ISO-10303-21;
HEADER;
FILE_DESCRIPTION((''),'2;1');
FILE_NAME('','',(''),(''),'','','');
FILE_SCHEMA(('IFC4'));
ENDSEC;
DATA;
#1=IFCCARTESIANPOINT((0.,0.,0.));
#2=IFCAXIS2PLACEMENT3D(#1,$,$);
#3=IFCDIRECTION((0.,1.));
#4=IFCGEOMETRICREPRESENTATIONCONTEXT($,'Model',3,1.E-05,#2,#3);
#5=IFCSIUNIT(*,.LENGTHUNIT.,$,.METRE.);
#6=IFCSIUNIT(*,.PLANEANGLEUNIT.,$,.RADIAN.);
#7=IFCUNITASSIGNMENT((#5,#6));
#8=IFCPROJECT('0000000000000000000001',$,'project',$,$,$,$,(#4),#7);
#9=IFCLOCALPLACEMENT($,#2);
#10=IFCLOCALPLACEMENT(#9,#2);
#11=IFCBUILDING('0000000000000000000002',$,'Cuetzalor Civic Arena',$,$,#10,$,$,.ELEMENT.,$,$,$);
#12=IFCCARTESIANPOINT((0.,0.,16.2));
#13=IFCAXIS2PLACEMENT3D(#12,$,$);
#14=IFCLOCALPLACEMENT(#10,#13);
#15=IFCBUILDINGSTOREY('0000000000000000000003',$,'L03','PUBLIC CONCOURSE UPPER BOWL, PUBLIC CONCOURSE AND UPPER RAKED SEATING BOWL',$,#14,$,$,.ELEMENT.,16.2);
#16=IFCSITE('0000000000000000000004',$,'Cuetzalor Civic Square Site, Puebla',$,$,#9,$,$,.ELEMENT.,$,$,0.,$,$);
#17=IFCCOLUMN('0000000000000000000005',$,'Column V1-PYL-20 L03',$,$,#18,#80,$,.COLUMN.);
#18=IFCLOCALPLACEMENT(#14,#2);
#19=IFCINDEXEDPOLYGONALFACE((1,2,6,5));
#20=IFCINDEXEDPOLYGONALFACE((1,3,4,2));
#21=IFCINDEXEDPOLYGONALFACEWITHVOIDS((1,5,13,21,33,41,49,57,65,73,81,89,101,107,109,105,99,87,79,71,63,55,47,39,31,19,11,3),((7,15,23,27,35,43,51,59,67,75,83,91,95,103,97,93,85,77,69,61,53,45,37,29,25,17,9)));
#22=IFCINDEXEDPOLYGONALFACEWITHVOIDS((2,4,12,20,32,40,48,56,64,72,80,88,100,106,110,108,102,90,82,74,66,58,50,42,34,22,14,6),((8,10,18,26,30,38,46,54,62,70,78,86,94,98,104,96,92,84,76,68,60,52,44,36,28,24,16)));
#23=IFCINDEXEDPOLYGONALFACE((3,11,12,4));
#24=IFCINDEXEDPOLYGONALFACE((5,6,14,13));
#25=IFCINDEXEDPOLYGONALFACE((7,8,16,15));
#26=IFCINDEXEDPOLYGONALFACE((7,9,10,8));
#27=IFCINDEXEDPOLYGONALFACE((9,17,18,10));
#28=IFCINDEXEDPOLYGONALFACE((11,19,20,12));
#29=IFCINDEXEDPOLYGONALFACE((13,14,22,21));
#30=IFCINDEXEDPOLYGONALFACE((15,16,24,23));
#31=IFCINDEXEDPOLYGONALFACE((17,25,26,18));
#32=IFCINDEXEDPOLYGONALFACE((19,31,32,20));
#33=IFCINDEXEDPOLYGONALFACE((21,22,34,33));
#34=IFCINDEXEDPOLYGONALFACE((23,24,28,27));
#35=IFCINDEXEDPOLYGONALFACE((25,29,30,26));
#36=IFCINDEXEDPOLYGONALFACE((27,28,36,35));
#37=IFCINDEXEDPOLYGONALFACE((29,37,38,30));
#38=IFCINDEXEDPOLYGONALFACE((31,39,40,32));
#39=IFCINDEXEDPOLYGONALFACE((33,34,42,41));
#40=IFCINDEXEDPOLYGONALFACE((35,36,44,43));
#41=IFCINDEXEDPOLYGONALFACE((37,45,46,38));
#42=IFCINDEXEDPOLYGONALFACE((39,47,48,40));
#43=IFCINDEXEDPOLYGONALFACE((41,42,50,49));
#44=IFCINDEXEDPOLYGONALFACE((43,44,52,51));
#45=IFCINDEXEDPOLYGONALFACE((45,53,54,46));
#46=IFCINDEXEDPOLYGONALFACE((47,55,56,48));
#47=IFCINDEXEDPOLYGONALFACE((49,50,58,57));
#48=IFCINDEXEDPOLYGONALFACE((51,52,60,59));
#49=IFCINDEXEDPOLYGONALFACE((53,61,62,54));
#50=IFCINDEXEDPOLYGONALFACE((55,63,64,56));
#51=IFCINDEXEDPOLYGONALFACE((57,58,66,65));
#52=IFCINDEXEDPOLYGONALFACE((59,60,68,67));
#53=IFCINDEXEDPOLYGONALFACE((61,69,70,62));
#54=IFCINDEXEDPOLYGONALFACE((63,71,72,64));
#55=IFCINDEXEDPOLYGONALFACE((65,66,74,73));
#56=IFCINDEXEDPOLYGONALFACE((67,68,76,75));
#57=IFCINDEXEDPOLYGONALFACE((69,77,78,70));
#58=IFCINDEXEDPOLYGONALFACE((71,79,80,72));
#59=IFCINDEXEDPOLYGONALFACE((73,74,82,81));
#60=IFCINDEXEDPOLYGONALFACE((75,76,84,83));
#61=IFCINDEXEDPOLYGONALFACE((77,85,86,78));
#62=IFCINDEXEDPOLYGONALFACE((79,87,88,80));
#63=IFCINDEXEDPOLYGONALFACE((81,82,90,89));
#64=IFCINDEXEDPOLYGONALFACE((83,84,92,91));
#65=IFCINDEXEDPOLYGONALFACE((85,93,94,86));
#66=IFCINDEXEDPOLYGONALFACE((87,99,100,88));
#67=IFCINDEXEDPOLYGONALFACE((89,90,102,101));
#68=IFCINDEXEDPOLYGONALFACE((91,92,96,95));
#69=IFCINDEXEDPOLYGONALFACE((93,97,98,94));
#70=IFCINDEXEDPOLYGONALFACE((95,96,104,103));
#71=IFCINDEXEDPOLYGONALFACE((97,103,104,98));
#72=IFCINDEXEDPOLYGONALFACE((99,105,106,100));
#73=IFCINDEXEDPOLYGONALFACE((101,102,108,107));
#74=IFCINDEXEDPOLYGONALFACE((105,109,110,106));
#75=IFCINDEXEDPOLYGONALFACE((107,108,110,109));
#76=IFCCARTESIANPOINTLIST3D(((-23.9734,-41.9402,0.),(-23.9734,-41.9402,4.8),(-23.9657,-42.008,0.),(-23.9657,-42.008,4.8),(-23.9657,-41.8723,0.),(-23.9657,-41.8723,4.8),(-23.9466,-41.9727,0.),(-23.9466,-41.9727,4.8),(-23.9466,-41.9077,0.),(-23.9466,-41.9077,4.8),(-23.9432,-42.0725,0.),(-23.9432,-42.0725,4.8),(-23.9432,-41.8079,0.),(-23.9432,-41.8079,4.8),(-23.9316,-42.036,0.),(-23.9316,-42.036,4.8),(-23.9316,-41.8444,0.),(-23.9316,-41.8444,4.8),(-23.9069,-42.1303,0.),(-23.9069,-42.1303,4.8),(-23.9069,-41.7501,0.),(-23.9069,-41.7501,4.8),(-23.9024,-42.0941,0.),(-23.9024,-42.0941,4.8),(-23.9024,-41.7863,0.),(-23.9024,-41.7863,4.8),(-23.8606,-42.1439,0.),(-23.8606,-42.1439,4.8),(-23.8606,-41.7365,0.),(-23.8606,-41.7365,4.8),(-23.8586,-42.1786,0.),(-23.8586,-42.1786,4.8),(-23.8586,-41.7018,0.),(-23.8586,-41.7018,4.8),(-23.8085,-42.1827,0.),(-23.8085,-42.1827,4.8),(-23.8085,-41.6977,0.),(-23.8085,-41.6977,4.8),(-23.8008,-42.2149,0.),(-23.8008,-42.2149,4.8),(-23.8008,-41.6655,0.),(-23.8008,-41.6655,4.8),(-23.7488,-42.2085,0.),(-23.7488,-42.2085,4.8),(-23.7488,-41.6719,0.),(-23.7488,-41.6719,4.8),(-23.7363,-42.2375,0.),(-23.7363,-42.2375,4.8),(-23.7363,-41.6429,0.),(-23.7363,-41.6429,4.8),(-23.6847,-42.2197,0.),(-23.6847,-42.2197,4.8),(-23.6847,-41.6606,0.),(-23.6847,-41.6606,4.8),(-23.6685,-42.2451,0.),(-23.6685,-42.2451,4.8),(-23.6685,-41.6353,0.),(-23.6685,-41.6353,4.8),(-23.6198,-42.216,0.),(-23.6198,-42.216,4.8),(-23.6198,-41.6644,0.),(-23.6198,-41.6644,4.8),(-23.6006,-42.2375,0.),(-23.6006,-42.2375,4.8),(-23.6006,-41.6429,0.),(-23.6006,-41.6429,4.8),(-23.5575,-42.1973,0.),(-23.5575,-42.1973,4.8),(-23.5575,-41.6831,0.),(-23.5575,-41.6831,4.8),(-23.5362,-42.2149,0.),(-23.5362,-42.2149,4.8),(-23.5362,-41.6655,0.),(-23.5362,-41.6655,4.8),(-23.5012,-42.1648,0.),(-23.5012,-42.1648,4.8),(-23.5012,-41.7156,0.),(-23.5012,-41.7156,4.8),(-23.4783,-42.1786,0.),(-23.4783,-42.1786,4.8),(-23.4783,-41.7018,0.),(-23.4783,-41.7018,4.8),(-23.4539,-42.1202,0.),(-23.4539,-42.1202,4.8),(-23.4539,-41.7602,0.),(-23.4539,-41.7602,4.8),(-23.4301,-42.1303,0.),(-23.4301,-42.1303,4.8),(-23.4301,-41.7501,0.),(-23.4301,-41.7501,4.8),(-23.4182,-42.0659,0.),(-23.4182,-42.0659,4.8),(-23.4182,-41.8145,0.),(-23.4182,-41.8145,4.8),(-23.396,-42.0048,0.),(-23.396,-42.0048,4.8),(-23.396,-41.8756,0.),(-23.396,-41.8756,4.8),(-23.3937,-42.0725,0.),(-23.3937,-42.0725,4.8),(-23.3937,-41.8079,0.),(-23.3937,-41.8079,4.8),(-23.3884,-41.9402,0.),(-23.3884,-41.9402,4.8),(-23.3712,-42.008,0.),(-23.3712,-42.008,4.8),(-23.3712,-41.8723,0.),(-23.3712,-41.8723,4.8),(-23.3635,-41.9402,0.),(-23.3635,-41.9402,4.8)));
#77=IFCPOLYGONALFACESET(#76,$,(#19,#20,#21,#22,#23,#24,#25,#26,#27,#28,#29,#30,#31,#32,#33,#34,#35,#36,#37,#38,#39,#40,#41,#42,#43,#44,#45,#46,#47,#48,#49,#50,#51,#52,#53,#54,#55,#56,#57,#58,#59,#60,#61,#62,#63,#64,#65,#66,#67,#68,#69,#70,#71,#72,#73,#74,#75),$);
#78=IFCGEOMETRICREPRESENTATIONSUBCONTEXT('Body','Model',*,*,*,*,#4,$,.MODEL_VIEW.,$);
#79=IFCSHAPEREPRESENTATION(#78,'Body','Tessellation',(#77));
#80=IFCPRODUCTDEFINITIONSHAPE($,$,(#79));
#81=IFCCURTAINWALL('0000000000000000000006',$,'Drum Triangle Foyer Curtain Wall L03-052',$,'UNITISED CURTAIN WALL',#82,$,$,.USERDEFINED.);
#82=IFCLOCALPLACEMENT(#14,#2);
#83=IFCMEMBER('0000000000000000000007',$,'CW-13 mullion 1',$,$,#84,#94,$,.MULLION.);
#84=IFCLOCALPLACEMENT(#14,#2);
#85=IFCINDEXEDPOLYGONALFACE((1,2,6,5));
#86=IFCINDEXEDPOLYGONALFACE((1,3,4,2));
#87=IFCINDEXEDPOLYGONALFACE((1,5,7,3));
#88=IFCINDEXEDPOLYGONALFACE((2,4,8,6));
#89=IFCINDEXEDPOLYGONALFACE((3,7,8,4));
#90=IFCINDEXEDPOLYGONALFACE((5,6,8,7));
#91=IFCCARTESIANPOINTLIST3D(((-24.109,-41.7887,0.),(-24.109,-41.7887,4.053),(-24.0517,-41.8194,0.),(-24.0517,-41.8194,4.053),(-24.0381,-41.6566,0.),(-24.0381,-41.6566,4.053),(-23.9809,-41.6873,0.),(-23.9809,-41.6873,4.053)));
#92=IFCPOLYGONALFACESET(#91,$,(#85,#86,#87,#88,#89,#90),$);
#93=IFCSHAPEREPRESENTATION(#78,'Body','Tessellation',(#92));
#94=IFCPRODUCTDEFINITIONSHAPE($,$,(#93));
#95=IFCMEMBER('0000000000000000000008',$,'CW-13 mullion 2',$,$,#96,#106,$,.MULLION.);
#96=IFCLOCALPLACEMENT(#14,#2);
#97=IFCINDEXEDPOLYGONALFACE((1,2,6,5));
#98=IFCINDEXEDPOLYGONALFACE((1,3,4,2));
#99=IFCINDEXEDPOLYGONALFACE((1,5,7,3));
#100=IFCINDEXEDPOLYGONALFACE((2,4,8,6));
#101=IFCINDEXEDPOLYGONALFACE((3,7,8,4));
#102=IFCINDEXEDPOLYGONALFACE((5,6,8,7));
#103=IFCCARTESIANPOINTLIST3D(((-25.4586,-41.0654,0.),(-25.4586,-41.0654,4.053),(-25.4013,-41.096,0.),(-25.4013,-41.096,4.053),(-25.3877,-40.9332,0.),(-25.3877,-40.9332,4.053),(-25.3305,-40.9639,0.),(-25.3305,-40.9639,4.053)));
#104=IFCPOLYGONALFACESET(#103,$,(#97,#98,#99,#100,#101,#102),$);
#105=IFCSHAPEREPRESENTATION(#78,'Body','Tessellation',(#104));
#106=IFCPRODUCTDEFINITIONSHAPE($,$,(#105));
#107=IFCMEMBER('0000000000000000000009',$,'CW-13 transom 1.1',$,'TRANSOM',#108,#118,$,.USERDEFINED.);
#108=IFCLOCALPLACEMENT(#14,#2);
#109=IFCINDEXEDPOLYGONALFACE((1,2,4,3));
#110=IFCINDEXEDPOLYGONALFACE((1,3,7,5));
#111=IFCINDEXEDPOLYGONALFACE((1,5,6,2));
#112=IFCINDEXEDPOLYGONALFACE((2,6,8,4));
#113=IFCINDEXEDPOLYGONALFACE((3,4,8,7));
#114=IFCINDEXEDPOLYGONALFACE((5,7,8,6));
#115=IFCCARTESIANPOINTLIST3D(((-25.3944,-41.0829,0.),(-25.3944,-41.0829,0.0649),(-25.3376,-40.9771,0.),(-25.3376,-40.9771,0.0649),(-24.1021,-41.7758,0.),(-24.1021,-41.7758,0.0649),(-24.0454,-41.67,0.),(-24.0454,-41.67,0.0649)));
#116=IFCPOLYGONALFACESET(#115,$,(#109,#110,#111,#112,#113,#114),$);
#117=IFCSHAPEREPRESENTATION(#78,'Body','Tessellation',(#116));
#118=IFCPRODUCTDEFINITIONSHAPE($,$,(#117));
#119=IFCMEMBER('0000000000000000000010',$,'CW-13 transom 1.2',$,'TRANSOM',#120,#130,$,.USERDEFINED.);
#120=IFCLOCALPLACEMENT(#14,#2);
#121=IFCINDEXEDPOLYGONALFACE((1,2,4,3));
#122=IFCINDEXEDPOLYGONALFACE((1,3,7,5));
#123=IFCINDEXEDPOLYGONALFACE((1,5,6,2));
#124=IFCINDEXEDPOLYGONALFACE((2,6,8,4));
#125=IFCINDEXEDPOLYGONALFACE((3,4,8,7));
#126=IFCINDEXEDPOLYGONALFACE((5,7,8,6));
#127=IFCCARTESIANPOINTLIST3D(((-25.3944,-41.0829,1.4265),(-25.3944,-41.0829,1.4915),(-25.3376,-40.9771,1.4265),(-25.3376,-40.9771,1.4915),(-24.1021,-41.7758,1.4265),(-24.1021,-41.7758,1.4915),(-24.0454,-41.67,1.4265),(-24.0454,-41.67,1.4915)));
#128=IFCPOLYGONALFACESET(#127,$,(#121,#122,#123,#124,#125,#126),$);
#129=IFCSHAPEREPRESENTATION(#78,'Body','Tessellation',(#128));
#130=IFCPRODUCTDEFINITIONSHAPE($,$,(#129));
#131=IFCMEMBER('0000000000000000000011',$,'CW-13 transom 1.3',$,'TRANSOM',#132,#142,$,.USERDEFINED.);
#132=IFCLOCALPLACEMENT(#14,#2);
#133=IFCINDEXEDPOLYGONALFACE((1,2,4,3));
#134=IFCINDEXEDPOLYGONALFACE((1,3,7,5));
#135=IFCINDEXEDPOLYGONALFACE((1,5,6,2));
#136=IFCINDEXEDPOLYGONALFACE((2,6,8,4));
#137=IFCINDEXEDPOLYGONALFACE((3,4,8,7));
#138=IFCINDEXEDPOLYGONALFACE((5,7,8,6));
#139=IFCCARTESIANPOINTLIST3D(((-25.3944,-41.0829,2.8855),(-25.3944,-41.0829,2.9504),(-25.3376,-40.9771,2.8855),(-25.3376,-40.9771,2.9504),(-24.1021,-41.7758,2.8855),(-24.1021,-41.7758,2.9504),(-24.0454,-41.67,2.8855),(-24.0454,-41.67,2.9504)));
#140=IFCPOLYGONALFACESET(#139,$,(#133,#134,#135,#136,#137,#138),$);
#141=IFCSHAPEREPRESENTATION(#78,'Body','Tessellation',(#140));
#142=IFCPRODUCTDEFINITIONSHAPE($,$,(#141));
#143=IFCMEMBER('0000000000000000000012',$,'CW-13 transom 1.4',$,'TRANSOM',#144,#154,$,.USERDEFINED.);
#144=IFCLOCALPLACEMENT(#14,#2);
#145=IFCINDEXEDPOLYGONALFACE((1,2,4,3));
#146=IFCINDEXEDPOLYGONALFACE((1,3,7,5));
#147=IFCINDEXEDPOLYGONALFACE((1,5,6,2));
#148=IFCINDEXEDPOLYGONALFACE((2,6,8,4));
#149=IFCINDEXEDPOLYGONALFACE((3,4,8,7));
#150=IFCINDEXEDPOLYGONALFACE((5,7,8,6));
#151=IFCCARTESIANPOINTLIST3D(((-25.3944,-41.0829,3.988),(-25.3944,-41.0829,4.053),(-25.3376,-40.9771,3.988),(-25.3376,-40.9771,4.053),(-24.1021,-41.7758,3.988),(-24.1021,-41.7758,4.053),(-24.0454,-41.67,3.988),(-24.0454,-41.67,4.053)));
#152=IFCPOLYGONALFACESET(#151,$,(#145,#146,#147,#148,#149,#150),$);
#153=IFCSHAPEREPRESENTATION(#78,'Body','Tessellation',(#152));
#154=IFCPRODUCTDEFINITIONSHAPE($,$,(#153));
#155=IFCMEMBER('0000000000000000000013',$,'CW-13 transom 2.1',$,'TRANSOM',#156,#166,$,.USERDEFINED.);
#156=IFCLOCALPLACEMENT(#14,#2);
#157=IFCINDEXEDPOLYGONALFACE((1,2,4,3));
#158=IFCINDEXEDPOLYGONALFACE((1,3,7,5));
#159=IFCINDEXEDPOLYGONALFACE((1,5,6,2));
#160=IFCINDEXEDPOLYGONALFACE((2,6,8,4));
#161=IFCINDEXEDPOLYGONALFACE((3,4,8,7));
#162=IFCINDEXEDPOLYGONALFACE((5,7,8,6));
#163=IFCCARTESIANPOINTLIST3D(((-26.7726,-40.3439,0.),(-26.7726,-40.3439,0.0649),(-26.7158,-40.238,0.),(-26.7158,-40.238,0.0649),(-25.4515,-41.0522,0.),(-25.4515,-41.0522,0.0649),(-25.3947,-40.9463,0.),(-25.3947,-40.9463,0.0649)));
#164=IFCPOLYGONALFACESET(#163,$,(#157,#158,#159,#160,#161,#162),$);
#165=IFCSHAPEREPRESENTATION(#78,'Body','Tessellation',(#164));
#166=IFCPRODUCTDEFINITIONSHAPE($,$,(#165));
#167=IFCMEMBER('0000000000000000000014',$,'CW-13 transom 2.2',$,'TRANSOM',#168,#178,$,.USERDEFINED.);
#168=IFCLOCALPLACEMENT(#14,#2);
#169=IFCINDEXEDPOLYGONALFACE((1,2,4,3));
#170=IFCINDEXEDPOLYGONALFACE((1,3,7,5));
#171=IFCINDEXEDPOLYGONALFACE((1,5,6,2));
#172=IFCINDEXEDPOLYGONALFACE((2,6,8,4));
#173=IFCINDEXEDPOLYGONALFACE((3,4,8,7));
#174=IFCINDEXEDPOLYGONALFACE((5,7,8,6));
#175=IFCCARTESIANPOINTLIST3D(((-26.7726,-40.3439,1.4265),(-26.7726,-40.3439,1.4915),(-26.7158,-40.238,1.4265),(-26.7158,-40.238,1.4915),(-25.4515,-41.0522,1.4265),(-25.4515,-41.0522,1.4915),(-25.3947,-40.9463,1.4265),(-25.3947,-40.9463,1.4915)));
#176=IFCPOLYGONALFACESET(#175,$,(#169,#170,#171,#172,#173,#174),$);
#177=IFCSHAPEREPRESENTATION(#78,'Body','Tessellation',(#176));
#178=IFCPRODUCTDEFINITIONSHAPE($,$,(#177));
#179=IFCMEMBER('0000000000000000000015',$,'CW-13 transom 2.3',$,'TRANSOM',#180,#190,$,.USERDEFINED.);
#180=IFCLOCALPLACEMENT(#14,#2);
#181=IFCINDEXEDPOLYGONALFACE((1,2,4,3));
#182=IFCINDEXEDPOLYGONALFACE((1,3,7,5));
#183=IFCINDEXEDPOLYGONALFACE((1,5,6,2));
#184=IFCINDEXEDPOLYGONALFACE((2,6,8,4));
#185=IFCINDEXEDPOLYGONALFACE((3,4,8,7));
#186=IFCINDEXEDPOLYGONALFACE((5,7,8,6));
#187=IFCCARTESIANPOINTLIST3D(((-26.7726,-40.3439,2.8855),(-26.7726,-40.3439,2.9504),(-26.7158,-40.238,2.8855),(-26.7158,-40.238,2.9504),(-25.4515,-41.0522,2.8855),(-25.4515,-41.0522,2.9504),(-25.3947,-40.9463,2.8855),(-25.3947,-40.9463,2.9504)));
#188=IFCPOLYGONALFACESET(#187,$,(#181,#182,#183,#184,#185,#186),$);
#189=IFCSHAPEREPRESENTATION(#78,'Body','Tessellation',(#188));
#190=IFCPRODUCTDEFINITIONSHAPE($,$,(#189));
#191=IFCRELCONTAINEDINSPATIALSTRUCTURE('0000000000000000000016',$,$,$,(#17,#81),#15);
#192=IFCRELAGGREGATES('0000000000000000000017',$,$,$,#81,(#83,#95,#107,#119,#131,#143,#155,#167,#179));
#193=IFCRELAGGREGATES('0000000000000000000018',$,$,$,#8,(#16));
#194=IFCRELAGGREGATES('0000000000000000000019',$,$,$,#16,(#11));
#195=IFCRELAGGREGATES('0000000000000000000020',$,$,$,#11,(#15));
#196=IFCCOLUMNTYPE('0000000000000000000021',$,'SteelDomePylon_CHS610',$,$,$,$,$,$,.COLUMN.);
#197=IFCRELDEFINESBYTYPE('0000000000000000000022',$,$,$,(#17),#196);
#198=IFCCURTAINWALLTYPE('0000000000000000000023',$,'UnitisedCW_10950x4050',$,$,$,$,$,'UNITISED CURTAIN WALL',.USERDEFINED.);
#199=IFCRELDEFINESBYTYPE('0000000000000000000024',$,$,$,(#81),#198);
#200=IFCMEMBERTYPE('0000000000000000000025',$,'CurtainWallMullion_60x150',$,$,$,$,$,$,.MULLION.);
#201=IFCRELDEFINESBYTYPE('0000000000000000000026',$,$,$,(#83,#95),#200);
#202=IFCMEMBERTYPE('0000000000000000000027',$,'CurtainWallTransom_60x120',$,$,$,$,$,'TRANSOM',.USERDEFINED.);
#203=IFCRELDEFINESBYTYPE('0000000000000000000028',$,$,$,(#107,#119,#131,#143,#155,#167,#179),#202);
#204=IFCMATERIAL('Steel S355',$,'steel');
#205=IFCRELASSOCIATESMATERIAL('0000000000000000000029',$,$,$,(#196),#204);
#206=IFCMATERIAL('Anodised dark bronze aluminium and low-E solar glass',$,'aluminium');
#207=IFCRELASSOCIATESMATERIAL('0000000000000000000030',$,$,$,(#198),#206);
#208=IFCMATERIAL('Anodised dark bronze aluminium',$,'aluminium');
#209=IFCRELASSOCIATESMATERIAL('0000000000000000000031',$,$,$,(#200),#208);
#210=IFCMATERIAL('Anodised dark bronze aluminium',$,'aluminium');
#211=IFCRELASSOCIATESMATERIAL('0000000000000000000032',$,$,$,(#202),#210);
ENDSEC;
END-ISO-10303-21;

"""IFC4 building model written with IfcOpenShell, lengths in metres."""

from ifc_helpers import new_model, si_unit, direction, frame, origin, origin_2d, place, context, subcontext, project, spatial, rectangle, hollow_circle, extrude, material, material_profile, profile_set, type_object, element, aggregate, save


model = new_model("IFC4")

# Units and contexts
model_context = context("Model", 3, precision=1e-05, world=origin(), true_north=direction((0.0, 1.0)))
body_context = subcontext(model_context, "Body", "Model", "MODEL_VIEW")
ifc_project = project(units=[si_unit("LENGTHUNIT", "METRE"), si_unit("PLANEANGLEUNIT", "RADIAN")], contexts=[model_context])

# Site, building, storey
site_placement = place(None, origin())
site = spatial("IfcSite", under=ifc_project, at=site_placement, Name="Cuetzalor Civic Square Site, Puebla", CompositionType="ELEMENT", RefElevation=0.0)
building_placement = place(site_placement, origin())
building = spatial("IfcBuilding", under=site, at=building_placement, Name="Cuetzalor Civic Arena", CompositionType="ELEMENT")
storey_placement = place(building_placement, frame((0.0, 0.0, 16.2)))
storey = spatial("IfcBuildingStorey", under=building, at=storey_placement, Name="L03", Description="PUBLIC CONCOURSE UPPER BOWL, PUBLIC CONCOURSE AND UPPER RAKED SEATING BOWL", CompositionType="ELEMENT", Elevation=16.2)

# Column
ifc_material_1 = material(Name="Steel S355", Category="steel")
ifc_material_profile_1 = material_profile(ifc_material_1, hollow_circle(Radius=0.3049, WallThickness=0.0249, at=origin_2d()), Name="CHS 610x25")
ifc_profile_set_1 = profile_set([ifc_material_profile_1], Name="Steel S355")
column_type = type_object("IfcColumnType", Name="SteelDomePylon_CHS610", PredefinedType="COLUMN", material=ifc_profile_set_1)
column_placement = place(storey_placement, frame((-23.6685, -41.9402, 0.0), z_axis=(0.0, 0.0, 1.0), x_axis=(1.0, 0.0, 0.0)))
element("IfcColumn", 1, at=column_placement, inside=storey, type_object=column_type, Name="Column V1-PYL-20 L03", PredefinedType="COLUMN", context=body_context, shape_type="SweptSolid", body=[
    extrude(hollow_circle(Radius=0.3049, WallThickness=0.0249, at=origin_2d()), origin(), (0.0, 0.0, 1.0), 4.8),
])

# Curtain wall, members
ifc_material_2 = material(Name="Anodised dark bronze aluminium and low-E solar glass", Category="aluminium")
curtain_wall_type_1 = type_object("IfcCurtainWallType", Name="UnitisedCW_10950x4050", ElementType="UNITISED CURTAIN WALL", PredefinedType="USERDEFINED", material=ifc_material_2)
curtain_wall_1_placement = place(storey_placement, origin())
curtain_wall_1 = element("IfcCurtainWall", 2, at=curtain_wall_1_placement, inside=storey, type_object=curtain_wall_type_1, Name="Drum Triangle Foyer Curtain Wall L03-052", ObjectType="UNITISED CURTAIN WALL", PredefinedType="USERDEFINED")
ifc_material_3 = material(Name="Anodised dark bronze aluminium", Category="aluminium")
ifc_material_profile_2 = material_profile(ifc_material_3, rectangle(XDim=0.0649, YDim=0.1499, at=origin_2d()), Name="ALU MULLION 65x150")
ifc_profile_set_2 = profile_set([ifc_material_profile_2], Name="Anodised dark bronze aluminium")
member_type_1 = type_object("IfcMemberType", Name="CurtainWallMullion_60x150", PredefinedType="MULLION", material=ifc_profile_set_2)
member_1_placement = place(storey_placement, frame((-24.0449, -41.738, 0.0), z_axis=(0.0, 0.0, 1.0), x_axis=(-0.881306, 0.472545, 0.0)))
member_1 = element("IfcMember", 3, at=member_1_placement, type_object=member_type_1, Name="CW-13 mullion 1", PredefinedType="MULLION", context=body_context, shape_type="SweptSolid", body=[
    extrude(rectangle(XDim=0.0649, YDim=0.1499, at=origin_2d()), origin(), (0.0, 0.0, 1.0), 4.053),
])
member_2_placement = place(storey_placement, frame((-25.3945, -41.0146, 0.0), z_axis=(0.0, 0.0, 1.0), x_axis=(-0.881306, 0.472545, 0.0)))
member_2 = element("IfcMember", 4, at=member_2_placement, type_object=member_type_1, Name="CW-13 mullion 2", PredefinedType="MULLION", context=body_context, shape_type="SweptSolid", body=[
    extrude(rectangle(XDim=0.0649, YDim=0.1499, at=origin_2d()), origin(), (0.0, 0.0, 1.0), 4.053),
])
ifc_material_4 = material(Name="Anodised dark bronze aluminium", Category="aluminium")
ifc_material_profile_3 = material_profile(ifc_material_4, rectangle(XDim=0.1201, YDim=0.0649, at=origin_2d()), Name="ALU TRANSOM 65x120")
ifc_profile_set_3 = profile_set([ifc_material_profile_3], Name="Anodised dark bronze aluminium")
member_type_2 = type_object("IfcMemberType", Name="CurtainWallTransom_60x120", ElementType="TRANSOM", PredefinedType="USERDEFINED", material=ifc_profile_set_3)
member_3_placement = place(storey_placement, frame((-24.0737, -41.7229, 0.0325), z_axis=(-0.881309, 0.47254, 0.0), x_axis=(-0.47254, -0.881309, 0.0)))
member_3 = element("IfcMember", 5, at=member_3_placement, type_object=member_type_2, Name="CW-13 transom 1.1", ObjectType="TRANSOM", PredefinedType="USERDEFINED", context=body_context, shape_type="SweptSolid", body=[
    extrude(rectangle(XDim=0.1201, YDim=0.0649, at=origin_2d()), origin(), (0.0, 0.0, 1.0), 1.4663),
])
member_4_placement = place(storey_placement, frame((-24.0737, -41.7229, 1.459), z_axis=(-0.881309, 0.47254, 0.0), x_axis=(-0.47254, -0.881309, 0.0)))
member_4 = element("IfcMember", 6, at=member_4_placement, type_object=member_type_2, Name="CW-13 transom 1.2", ObjectType="TRANSOM", PredefinedType="USERDEFINED", context=body_context, shape_type="SweptSolid", body=[
    extrude(rectangle(XDim=0.1201, YDim=0.0649, at=origin_2d()), origin(), (0.0, 0.0, 1.0), 1.4663),
])
member_5_placement = place(storey_placement, frame((-24.0737, -41.7229, 2.918), z_axis=(-0.881309, 0.47254, 0.0), x_axis=(-0.47254, -0.881309, 0.0)))
member_5 = element("IfcMember", 7, at=member_5_placement, type_object=member_type_2, Name="CW-13 transom 1.3", ObjectType="TRANSOM", PredefinedType="USERDEFINED", context=body_context, shape_type="SweptSolid", body=[
    extrude(rectangle(XDim=0.1201, YDim=0.0649, at=origin_2d()), origin(), (0.0, 0.0, 1.0), 1.4663),
])
member_6_placement = place(storey_placement, frame((-24.0737, -41.7229, 4.0205), z_axis=(-0.881309, 0.47254, 0.0), x_axis=(-0.47254, -0.881309, 0.0)))
member_6 = element("IfcMember", 8, at=member_6_placement, type_object=member_type_2, Name="CW-13 transom 1.4", ObjectType="TRANSOM", PredefinedType="USERDEFINED", context=body_context, shape_type="SweptSolid", body=[
    extrude(rectangle(XDim=0.1201, YDim=0.0649, at=origin_2d()), origin(), (0.0, 0.0, 1.0), 1.4663),
])
member_7_placement = place(storey_placement, frame((-25.4231, -40.9993, 0.0325), z_axis=(-0.881327, 0.472506, 0.0), x_axis=(-0.472506, -0.881327, 0.0)))
member_7 = element("IfcMember", 9, at=member_7_placement, type_object=member_type_2, Name="CW-13 transom 2.1", ObjectType="TRANSOM", PredefinedType="USERDEFINED", context=body_context, shape_type="SweptSolid", body=[
    extrude(rectangle(XDim=0.1201, YDim=0.0649, at=origin_2d()), origin(), (0.0, 0.0, 1.0), 1.499),
])
member_8_placement = place(storey_placement, frame((-25.4231, -40.9993, 1.459), z_axis=(-0.881327, 0.472506, 0.0), x_axis=(-0.472506, -0.881327, 0.0)))
member_8 = element("IfcMember", 10, at=member_8_placement, type_object=member_type_2, Name="CW-13 transom 2.2", ObjectType="TRANSOM", PredefinedType="USERDEFINED", context=body_context, shape_type="SweptSolid", body=[
    extrude(rectangle(XDim=0.1201, YDim=0.0649, at=origin_2d()), origin(), (0.0, 0.0, 1.0), 1.499),
])
member_9_placement = place(storey_placement, frame((-25.4231, -40.9993, 2.918), z_axis=(-0.881327, 0.472506, 0.0), x_axis=(-0.472506, -0.881327, 0.0)))
member_9 = element("IfcMember", 11, at=member_9_placement, type_object=member_type_2, Name="CW-13 transom 2.3", ObjectType="TRANSOM", PredefinedType="USERDEFINED", context=body_context, shape_type="SweptSolid", body=[
    extrude(rectangle(XDim=0.1201, YDim=0.0649, at=origin_2d()), origin(), (0.0, 0.0, 1.0), 1.499),
])

aggregate(curtain_wall_1, [member_1, member_2, member_3, member_4, member_5, member_6, member_7, member_8, member_9])

save(model, "model.ifc")
